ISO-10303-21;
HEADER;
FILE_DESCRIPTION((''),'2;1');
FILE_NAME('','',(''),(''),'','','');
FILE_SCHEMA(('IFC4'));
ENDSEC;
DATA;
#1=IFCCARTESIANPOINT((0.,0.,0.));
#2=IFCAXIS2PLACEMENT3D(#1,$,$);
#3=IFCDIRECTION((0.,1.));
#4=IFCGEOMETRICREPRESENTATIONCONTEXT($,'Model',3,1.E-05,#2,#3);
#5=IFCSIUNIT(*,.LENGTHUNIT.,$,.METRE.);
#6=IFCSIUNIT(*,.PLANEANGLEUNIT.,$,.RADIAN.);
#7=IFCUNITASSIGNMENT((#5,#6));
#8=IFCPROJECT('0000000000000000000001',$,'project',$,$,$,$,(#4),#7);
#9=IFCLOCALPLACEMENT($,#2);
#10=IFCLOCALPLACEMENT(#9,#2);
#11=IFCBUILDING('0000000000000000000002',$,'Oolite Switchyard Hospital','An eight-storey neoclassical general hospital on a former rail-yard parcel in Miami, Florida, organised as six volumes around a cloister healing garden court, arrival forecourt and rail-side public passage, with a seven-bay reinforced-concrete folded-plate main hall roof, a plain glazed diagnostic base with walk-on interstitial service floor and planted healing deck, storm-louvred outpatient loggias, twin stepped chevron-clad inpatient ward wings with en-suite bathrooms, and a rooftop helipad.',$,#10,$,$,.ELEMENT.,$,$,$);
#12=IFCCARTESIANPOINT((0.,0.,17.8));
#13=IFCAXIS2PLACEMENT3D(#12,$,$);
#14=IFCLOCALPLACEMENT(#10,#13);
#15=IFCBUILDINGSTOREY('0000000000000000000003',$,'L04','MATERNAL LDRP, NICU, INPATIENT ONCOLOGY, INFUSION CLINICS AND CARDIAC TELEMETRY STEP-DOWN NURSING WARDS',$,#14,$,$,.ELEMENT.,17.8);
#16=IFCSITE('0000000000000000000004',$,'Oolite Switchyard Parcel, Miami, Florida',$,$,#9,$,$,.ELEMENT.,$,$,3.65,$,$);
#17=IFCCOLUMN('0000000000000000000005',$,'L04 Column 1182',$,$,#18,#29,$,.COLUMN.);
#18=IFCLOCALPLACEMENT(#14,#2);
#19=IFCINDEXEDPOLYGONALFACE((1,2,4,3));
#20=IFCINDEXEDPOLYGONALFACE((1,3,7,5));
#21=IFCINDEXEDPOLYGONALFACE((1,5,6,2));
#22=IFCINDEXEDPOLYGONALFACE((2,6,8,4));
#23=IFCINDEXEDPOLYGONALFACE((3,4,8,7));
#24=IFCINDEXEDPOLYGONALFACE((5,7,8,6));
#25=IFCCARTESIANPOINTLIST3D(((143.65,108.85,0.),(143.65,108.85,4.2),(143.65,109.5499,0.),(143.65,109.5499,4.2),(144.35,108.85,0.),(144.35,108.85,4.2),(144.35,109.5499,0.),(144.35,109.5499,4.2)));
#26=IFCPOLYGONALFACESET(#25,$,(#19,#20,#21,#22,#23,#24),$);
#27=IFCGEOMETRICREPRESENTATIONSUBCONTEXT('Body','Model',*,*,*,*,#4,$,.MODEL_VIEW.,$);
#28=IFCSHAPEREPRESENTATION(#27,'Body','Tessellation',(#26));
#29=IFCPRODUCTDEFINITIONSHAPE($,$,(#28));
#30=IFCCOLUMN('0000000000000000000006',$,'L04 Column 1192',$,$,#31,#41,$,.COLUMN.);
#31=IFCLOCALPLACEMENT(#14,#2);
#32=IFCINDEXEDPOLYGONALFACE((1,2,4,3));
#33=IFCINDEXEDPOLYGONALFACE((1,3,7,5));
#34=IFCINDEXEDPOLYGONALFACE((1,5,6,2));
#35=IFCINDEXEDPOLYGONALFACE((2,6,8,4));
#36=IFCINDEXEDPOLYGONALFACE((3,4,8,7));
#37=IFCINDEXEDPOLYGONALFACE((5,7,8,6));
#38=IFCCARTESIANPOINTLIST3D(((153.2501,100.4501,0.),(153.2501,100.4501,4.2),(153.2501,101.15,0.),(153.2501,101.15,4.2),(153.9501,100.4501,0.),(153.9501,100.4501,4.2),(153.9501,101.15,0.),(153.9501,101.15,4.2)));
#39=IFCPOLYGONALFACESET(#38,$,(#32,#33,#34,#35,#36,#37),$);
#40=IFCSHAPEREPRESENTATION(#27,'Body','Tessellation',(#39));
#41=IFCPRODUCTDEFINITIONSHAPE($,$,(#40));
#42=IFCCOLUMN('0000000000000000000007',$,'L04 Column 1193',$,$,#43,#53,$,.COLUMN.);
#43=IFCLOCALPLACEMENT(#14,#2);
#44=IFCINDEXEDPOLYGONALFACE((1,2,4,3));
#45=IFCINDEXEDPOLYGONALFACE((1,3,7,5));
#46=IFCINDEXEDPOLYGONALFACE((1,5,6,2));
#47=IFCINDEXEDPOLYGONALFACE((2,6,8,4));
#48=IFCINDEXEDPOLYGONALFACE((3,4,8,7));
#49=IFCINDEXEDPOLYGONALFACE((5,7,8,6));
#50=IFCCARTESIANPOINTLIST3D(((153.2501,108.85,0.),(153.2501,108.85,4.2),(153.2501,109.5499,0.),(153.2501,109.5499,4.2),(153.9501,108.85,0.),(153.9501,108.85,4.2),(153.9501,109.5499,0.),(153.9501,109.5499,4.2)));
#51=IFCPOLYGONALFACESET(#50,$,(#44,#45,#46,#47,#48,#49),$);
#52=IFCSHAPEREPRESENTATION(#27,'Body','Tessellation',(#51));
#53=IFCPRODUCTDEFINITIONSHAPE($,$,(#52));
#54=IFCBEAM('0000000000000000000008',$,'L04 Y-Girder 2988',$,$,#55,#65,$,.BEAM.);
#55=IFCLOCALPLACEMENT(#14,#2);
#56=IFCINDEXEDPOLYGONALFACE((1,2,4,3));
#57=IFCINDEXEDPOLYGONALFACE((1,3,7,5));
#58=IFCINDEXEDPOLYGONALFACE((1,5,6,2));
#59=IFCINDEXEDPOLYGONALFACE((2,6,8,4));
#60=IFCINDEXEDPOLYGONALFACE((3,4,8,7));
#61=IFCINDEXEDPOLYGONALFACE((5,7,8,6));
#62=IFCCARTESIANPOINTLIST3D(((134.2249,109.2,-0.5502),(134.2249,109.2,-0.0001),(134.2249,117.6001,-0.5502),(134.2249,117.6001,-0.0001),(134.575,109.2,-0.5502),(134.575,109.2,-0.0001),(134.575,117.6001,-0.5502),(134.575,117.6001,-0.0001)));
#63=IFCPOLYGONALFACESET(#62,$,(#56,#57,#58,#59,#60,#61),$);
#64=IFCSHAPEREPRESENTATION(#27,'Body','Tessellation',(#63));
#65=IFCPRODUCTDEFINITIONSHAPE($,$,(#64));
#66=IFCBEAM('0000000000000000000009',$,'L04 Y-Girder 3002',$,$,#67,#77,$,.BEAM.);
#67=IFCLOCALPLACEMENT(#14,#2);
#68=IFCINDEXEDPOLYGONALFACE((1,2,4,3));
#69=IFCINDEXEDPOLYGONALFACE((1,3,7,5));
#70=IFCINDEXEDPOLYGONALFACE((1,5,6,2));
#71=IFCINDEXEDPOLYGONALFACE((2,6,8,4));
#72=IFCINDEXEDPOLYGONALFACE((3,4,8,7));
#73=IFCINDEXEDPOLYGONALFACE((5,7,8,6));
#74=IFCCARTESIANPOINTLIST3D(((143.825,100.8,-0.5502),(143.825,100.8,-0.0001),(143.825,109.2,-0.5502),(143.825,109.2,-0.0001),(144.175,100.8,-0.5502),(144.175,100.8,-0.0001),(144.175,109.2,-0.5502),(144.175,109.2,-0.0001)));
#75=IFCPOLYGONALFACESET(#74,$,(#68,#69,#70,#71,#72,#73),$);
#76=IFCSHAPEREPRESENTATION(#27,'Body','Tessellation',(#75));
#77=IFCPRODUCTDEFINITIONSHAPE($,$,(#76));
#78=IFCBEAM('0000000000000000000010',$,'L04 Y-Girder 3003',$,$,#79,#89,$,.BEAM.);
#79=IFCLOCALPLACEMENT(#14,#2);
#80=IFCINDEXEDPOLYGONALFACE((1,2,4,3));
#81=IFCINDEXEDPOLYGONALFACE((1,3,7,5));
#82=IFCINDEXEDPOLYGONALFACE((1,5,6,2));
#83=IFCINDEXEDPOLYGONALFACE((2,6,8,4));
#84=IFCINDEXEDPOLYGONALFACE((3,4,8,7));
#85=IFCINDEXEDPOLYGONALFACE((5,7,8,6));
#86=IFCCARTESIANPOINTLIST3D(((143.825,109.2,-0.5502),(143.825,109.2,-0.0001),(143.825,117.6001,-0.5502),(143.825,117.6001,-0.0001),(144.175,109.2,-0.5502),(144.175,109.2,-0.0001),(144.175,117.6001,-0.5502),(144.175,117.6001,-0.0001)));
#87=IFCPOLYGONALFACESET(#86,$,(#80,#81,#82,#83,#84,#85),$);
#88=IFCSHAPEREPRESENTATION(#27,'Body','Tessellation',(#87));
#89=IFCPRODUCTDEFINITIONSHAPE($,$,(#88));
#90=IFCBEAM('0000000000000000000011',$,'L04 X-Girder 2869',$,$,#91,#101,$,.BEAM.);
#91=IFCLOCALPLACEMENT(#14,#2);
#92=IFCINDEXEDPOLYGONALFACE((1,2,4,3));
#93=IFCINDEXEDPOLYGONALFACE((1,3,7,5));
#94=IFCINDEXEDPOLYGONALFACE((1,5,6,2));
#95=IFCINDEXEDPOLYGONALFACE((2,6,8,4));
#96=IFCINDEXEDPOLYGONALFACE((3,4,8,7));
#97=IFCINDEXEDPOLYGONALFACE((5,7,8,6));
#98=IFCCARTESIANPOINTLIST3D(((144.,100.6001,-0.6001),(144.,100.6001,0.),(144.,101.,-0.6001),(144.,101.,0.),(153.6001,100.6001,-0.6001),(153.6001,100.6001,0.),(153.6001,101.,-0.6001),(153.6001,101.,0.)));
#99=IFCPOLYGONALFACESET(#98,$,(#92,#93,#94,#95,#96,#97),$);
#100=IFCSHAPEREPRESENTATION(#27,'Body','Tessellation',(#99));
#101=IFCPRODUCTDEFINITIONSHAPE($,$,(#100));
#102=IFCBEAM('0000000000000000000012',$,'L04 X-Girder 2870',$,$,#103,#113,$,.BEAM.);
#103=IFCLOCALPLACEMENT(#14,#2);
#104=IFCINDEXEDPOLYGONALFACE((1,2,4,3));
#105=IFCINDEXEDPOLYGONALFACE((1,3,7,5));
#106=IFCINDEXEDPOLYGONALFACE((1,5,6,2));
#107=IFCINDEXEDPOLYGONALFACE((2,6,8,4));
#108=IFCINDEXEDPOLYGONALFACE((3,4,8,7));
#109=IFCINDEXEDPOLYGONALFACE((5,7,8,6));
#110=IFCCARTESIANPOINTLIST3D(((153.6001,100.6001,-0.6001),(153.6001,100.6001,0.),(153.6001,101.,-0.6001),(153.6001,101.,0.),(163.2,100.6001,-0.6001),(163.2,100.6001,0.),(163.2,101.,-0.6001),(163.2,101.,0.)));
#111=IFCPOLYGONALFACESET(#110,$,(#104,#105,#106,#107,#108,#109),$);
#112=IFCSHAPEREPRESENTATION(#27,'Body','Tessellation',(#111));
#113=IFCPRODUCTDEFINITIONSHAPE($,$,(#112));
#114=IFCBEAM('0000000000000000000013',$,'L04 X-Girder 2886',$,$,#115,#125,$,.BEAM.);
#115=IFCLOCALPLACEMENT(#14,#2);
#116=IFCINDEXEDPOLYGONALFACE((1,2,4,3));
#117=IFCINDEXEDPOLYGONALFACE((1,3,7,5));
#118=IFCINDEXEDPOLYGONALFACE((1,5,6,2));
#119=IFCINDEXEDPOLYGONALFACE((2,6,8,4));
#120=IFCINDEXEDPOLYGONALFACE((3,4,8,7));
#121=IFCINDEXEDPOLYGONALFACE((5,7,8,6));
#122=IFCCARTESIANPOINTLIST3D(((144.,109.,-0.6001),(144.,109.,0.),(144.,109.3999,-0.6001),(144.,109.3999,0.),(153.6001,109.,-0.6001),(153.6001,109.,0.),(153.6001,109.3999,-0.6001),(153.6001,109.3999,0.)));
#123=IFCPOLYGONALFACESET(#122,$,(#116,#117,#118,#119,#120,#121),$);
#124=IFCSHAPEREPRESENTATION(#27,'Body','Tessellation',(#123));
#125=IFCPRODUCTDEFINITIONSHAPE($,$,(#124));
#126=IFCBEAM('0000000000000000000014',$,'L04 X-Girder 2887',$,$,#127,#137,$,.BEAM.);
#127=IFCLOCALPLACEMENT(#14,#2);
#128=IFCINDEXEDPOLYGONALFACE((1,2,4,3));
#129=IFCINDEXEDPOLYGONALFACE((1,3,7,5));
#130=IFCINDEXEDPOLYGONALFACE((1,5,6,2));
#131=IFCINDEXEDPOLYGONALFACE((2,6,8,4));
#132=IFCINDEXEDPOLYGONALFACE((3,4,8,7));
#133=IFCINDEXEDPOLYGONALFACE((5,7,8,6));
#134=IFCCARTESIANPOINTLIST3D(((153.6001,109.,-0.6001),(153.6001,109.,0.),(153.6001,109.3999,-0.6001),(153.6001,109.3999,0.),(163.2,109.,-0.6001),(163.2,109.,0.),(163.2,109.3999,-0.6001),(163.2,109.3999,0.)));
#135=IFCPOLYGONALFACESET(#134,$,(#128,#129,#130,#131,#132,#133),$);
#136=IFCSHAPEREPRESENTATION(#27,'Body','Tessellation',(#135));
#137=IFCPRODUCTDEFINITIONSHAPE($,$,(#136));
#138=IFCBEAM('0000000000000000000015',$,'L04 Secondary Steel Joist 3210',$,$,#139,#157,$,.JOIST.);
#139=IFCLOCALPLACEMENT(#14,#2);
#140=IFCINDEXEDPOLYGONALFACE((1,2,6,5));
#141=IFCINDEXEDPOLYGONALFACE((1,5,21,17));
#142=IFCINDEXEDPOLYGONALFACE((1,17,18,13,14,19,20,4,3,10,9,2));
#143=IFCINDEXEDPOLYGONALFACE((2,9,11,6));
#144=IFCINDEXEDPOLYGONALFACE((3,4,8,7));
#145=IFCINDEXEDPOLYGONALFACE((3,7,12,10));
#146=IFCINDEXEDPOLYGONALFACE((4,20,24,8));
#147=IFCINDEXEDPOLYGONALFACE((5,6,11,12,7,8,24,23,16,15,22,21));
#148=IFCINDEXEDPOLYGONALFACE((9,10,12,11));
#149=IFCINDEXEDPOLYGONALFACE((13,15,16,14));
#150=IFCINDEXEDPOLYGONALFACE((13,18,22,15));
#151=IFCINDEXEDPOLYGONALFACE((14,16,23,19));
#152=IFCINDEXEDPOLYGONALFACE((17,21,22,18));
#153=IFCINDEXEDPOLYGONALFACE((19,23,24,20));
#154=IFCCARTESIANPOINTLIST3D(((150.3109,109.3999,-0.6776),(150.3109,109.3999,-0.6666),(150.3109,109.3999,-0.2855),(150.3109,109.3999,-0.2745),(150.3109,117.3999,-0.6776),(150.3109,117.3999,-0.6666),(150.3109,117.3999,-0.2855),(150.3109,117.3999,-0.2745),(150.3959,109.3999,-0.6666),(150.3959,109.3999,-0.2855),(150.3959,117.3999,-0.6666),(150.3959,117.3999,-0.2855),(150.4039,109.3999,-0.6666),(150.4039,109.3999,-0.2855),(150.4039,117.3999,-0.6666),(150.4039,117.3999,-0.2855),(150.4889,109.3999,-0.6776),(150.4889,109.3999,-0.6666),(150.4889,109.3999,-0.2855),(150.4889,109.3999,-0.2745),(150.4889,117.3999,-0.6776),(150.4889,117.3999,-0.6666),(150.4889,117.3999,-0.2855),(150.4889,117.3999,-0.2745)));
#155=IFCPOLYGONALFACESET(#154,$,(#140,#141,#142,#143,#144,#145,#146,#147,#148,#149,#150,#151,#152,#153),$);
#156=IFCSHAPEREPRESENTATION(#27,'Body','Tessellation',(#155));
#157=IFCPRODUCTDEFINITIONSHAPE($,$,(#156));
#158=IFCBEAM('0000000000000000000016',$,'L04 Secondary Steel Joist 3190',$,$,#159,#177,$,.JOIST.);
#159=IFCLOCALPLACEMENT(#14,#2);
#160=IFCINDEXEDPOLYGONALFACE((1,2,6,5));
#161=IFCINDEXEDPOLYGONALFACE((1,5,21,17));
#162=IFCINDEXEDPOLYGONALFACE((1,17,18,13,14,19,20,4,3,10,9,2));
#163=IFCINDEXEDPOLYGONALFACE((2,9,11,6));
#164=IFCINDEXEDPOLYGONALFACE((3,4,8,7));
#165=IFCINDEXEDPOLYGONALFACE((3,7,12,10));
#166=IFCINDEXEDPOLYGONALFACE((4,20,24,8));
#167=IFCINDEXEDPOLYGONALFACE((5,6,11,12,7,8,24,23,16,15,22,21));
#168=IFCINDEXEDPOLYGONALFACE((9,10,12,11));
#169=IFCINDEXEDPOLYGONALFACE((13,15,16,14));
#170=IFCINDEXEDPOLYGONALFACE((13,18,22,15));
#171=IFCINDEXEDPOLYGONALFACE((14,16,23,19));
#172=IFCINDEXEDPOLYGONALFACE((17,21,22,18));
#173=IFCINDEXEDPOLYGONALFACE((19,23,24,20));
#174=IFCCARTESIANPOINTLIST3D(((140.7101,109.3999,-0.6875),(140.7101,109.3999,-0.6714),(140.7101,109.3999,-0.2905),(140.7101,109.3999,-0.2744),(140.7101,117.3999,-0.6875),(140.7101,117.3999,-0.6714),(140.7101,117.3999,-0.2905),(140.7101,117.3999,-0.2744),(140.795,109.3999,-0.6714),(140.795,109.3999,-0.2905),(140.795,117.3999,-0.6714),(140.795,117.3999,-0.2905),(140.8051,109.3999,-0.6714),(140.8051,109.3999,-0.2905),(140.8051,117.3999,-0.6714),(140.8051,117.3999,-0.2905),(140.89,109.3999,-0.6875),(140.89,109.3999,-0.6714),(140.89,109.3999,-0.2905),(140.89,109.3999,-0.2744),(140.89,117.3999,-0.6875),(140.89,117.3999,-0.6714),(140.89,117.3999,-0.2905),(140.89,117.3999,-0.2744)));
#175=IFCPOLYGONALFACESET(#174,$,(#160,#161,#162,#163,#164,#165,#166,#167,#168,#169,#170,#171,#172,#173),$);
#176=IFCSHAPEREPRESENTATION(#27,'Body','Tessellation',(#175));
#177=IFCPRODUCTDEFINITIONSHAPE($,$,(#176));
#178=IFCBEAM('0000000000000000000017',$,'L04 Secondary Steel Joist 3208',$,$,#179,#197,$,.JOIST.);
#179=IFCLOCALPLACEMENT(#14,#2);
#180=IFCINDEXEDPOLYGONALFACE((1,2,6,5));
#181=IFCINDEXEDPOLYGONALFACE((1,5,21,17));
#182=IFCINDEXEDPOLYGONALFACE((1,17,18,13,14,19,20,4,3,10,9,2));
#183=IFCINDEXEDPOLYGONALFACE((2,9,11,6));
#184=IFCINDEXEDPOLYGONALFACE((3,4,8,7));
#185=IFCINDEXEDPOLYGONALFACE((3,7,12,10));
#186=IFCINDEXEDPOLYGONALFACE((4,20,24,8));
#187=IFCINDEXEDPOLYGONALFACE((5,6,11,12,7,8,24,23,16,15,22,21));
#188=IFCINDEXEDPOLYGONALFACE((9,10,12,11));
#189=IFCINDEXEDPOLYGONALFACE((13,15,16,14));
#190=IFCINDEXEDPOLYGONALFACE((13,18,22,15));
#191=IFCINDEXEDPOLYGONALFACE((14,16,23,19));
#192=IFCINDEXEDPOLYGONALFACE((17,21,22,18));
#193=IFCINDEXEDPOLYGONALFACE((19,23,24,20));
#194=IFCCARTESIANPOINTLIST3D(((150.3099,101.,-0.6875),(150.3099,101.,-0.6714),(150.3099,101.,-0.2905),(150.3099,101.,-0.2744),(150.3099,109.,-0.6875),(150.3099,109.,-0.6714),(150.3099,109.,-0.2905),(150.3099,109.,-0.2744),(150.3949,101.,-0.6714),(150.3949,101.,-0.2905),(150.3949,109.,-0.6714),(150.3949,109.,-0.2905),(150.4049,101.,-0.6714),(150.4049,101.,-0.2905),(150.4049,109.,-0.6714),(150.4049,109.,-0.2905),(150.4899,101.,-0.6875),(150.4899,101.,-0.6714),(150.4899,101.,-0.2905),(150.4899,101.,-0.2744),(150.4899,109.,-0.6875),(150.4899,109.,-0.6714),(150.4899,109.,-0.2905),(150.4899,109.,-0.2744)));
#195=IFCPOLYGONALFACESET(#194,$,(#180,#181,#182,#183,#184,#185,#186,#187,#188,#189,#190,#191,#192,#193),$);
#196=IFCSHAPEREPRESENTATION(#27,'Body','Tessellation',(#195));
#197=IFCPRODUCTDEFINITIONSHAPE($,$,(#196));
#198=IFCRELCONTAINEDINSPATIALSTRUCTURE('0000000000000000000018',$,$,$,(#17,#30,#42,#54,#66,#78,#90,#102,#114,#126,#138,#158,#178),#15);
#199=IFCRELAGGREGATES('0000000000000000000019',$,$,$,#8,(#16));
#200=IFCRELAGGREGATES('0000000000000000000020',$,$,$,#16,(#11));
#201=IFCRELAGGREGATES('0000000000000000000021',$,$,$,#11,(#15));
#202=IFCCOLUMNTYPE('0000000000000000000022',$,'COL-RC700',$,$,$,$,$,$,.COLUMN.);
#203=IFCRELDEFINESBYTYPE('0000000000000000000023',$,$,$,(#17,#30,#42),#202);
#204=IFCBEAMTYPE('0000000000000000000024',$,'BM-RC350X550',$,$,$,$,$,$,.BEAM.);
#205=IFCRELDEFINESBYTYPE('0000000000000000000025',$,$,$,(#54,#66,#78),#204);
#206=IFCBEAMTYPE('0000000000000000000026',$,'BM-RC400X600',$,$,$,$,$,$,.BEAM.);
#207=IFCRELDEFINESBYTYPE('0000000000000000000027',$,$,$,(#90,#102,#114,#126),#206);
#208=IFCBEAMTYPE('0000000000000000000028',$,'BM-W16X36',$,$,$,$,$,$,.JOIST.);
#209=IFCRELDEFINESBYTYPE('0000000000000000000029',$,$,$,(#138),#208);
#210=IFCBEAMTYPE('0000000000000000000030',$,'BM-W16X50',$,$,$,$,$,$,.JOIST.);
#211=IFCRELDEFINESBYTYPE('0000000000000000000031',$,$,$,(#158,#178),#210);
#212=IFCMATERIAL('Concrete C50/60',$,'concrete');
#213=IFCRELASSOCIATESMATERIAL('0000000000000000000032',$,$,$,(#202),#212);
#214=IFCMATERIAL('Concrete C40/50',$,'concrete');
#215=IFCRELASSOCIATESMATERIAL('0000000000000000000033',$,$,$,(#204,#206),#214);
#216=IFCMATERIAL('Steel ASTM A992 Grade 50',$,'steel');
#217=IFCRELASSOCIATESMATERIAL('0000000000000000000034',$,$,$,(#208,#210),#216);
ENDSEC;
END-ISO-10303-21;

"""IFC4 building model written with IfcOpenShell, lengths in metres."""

from ifc_helpers import new_model, si_unit, direction, frame, origin, origin_2d, place, context, subcontext, project, spatial, rectangle, i_section, extrude, material, material_profile, profile_set, type_object, element, save


model = new_model("IFC4")

# Units and contexts
model_context = context("Model", 3, precision=1e-05, world=origin(), true_north=direction((0.0, 1.0)))
body_context = subcontext(model_context, "Body", "Model", "MODEL_VIEW")
ifc_project = project(units=[si_unit("LENGTHUNIT", "METRE"), si_unit("PLANEANGLEUNIT", "RADIAN")], contexts=[model_context])

# Site, building, storey
site_placement = place(None, origin())
site = spatial("IfcSite", under=ifc_project, at=site_placement, Name="Oolite Switchyard Parcel, Miami, Florida", CompositionType="ELEMENT", RefElevation=3.65)
building_placement = place(site_placement, origin())
building = spatial("IfcBuilding", under=site, at=building_placement, Name="Oolite Switchyard Hospital", Description="An eight-storey neoclassical general hospital on a former rail-yard parcel in Miami, Florida, organised as six volumes around a cloister healing garden court, arrival forecourt and rail-side public passage, with a seven-bay reinforced-concrete folded-plate main hall roof, a plain glazed diagnostic base with walk-on interstitial service floor and planted healing deck, storm-louvred outpatient loggias, twin stepped chevron-clad inpatient ward wings with en-suite bathrooms, and a rooftop helipad.", CompositionType="ELEMENT")
storey_placement = place(building_placement, frame((0.0, 0.0, 17.8)))
storey = spatial("IfcBuildingStorey", under=building, at=storey_placement, Name="L04", Description="MATERNAL LDRP, NICU, INPATIENT ONCOLOGY, INFUSION CLINICS AND CARDIAC TELEMETRY STEP-DOWN NURSING WARDS", CompositionType="ELEMENT", Elevation=17.8)

# Columns
ifc_material_1 = material(Name="Concrete C50/60", Category="concrete")
ifc_material_profile_1 = material_profile(ifc_material_1, rectangle(XDim=0.7, YDim=0.7, at=origin_2d()), Name="RC700X700")
ifc_profile_set_1 = profile_set([ifc_material_profile_1], Name="Concrete C50/60")
column_type = type_object("IfcColumnType", Name="COL-RC700", PredefinedType="COLUMN", material=ifc_profile_set_1)
for number, where, z_axis, x_axis, name in (
    (1, (144.0, 109.2, 0.0), (0.0, 0.0, 1.0), (1.0, 0.0, 0.0), "L04 Column 1182"),
    (2, (153.6001, 100.8, 0.0), (0.0, 0.0, 1.0), (1.0, 0.0, 0.0), "L04 Column 1192"),
    (3, (153.6001, 109.2, 0.0), (0.0, 0.0, 1.0), (1.0, 0.0, 0.0), "L04 Column 1193"),
):
    element("IfcColumn", number, at=place(storey_placement, frame(where, z_axis=z_axis, x_axis=x_axis)), inside=storey, type_object=column_type, Name=name, PredefinedType="COLUMN", context=body_context, shape_type="SweptSolid", body=[
        extrude(rectangle(XDim=0.7, YDim=0.7, at=origin_2d()), origin(), (0.0, 0.0, 1.0), 4.2),
    ])

# Beams
ifc_material_2 = material(Name="Concrete C40/50", Category="concrete")
ifc_material_profile_2 = material_profile(ifc_material_2, rectangle(XDim=0.3501, YDim=0.55, at=origin_2d()), Name="RCB350X550")
ifc_profile_set_2 = profile_set([ifc_material_profile_2], Name="Concrete C40/50")
beam_type_1 = type_object("IfcBeamType", Name="BM-RC350X550", PredefinedType="BEAM", material=ifc_profile_set_2)
beam_1_placement = place(storey_placement, frame((134.3999, 109.2, -0.2751), z_axis=(0.0, 1.0, 0.0), x_axis=(-1.0, 0.0, 0.0)))
element("IfcBeam", 4, at=beam_1_placement, inside=storey, type_object=beam_type_1, Name="L04 Y-Girder 2988", PredefinedType="BEAM", context=body_context, shape_type="SweptSolid", body=[
    extrude(rectangle(XDim=0.3501, YDim=0.55, at=origin_2d()), origin(), (0.0, 0.0, 1.0), 8.4001),
])
beam_2_placement = place(storey_placement, frame((144.0, 100.8, -0.2751), z_axis=(0.0, 1.0, 0.0), x_axis=(-1.0, 0.0, 0.0)))
element("IfcBeam", 5, at=beam_2_placement, inside=storey, type_object=beam_type_1, Name="L04 Y-Girder 3002", PredefinedType="BEAM", context=body_context, shape_type="SweptSolid", body=[
    extrude(rectangle(XDim=0.3501, YDim=0.55, at=origin_2d()), origin(), (0.0, 0.0, 1.0), 8.3999),
])
beam_3_placement = place(storey_placement, frame((144.0, 109.2, -0.2751), z_axis=(0.0, 1.0, 0.0), x_axis=(-1.0, 0.0, 0.0)))
element("IfcBeam", 6, at=beam_3_placement, inside=storey, type_object=beam_type_1, Name="L04 Y-Girder 3003", PredefinedType="BEAM", context=body_context, shape_type="SweptSolid", body=[
    extrude(rectangle(XDim=0.3501, YDim=0.55, at=origin_2d()), origin(), (0.0, 0.0, 1.0), 8.4001),
])
ifc_material_profile_3 = material_profile(ifc_material_2, rectangle(XDim=0.3999, YDim=0.6001, at=origin_2d()), Name="RCB400X600")
ifc_profile_set_3 = profile_set([ifc_material_profile_3], Name="Concrete C40/50")
beam_type_2 = type_object("IfcBeamType", Name="BM-RC400X600", PredefinedType="BEAM", material=ifc_profile_set_3)
beam_4_placement = place(storey_placement, frame((144.0, 100.8, -0.3), z_axis=(1.0, 0.0, 0.0), x_axis=(0.0, 1.0, 0.0)))
element("IfcBeam", 7, at=beam_4_placement, inside=storey, type_object=beam_type_2, Name="L04 X-Girder 2869", PredefinedType="BEAM", context=body_context, shape_type="SweptSolid", body=[
    extrude(rectangle(XDim=0.3999, YDim=0.6001, at=origin_2d()), origin(), (0.0, 0.0, 1.0), 9.6001),
])
beam_5_placement = place(storey_placement, frame((153.6001, 100.8, -0.3), z_axis=(1.0, 0.0, 0.0), x_axis=(0.0, 1.0, 0.0)))
element("IfcBeam", 8, at=beam_5_placement, inside=storey, type_object=beam_type_2, Name="L04 X-Girder 2870", PredefinedType="BEAM", context=body_context, shape_type="SweptSolid", body=[
    extrude(rectangle(XDim=0.3999, YDim=0.6001, at=origin_2d()), origin(), (0.0, 0.0, 1.0), 9.5999),
])
beam_6_placement = place(storey_placement, frame((144.0, 109.2, -0.3), z_axis=(1.0, 0.0, 0.0), x_axis=(0.0, 1.0, 0.0)))
element("IfcBeam", 9, at=beam_6_placement, inside=storey, type_object=beam_type_2, Name="L04 X-Girder 2886", PredefinedType="BEAM", context=body_context, shape_type="SweptSolid", body=[
    extrude(rectangle(XDim=0.3999, YDim=0.6001, at=origin_2d()), origin(), (0.0, 0.0, 1.0), 9.6001),
])
beam_7_placement = place(storey_placement, frame((153.6001, 109.2, -0.3), z_axis=(1.0, 0.0, 0.0), x_axis=(0.0, 1.0, 0.0)))
element("IfcBeam", 10, at=beam_7_placement, inside=storey, type_object=beam_type_2, Name="L04 X-Girder 2887", PredefinedType="BEAM", context=body_context, shape_type="SweptSolid", body=[
    extrude(rectangle(XDim=0.3999, YDim=0.6001, at=origin_2d()), origin(), (0.0, 0.0, 1.0), 9.5999),
])
ifc_material_3 = material(Name="Steel ASTM A992 Grade 50", Category="steel")
ifc_material_profile_4 = material_profile(ifc_material_3, i_section(OverallWidth=0.178, OverallDepth=0.4031, WebThickness=0.0081, FlangeThickness=0.011, at=origin_2d()), Name="W16X36")
ifc_profile_set_4 = profile_set([ifc_material_profile_4], Name="Steel ASTM A992 Grade 50")
beam_type_3 = type_object("IfcBeamType", Name="BM-W16X36", PredefinedType="JOIST", material=ifc_profile_set_4)
beam_8_placement = place(storey_placement, frame((150.3999, 109.3999, -0.4761), z_axis=(0.0, 1.0, 0.0), x_axis=(-1.0, 0.0, 0.0)))
element("IfcBeam", 11, at=beam_8_placement, inside=storey, type_object=beam_type_3, Name="L04 Secondary Steel Joist 3210", PredefinedType="JOIST", context=body_context, shape_type="SweptSolid", body=[
    extrude(i_section(OverallWidth=0.178, OverallDepth=0.4031, WebThickness=0.0081, FlangeThickness=0.011, at=origin_2d()), origin(), (0.0, 0.0, 1.0), 8.0),
])
ifc_material_profile_5 = material_profile(ifc_material_3, i_section(OverallWidth=0.1799, OverallDepth=0.4131, WebThickness=0.01, FlangeThickness=0.0161, at=origin_2d()), Name="W16X50")
ifc_profile_set_5 = profile_set([ifc_material_profile_5], Name="Steel ASTM A992 Grade 50")
beam_type_4 = type_object("IfcBeamType", Name="BM-W16X50", PredefinedType="JOIST", material=ifc_profile_set_5)
for number, where, z_axis, x_axis, name in (
    (12, (140.8, 109.3999, -0.481), (0.0, 1.0, 0.0), (-1.0, 0.0, 0.0), "L04 Secondary Steel Joist 3190"),
    (13, (150.3999, 101.0, -0.481), (0.0, 1.0, 0.0), (-1.0, 0.0, 0.0), "L04 Secondary Steel Joist 3208"),
):
    element("IfcBeam", number, at=place(storey_placement, frame(where, z_axis=z_axis, x_axis=x_axis)), inside=storey, type_object=beam_type_4, Name=name, PredefinedType="JOIST", context=body_context, shape_type="SweptSolid", body=[
        extrude(i_section(OverallWidth=0.1799, OverallDepth=0.4131, WebThickness=0.01, FlangeThickness=0.0161, at=origin_2d()), origin(), (0.0, 0.0, 1.0), 8.0),
    ])

save(model, "model.ifc")
